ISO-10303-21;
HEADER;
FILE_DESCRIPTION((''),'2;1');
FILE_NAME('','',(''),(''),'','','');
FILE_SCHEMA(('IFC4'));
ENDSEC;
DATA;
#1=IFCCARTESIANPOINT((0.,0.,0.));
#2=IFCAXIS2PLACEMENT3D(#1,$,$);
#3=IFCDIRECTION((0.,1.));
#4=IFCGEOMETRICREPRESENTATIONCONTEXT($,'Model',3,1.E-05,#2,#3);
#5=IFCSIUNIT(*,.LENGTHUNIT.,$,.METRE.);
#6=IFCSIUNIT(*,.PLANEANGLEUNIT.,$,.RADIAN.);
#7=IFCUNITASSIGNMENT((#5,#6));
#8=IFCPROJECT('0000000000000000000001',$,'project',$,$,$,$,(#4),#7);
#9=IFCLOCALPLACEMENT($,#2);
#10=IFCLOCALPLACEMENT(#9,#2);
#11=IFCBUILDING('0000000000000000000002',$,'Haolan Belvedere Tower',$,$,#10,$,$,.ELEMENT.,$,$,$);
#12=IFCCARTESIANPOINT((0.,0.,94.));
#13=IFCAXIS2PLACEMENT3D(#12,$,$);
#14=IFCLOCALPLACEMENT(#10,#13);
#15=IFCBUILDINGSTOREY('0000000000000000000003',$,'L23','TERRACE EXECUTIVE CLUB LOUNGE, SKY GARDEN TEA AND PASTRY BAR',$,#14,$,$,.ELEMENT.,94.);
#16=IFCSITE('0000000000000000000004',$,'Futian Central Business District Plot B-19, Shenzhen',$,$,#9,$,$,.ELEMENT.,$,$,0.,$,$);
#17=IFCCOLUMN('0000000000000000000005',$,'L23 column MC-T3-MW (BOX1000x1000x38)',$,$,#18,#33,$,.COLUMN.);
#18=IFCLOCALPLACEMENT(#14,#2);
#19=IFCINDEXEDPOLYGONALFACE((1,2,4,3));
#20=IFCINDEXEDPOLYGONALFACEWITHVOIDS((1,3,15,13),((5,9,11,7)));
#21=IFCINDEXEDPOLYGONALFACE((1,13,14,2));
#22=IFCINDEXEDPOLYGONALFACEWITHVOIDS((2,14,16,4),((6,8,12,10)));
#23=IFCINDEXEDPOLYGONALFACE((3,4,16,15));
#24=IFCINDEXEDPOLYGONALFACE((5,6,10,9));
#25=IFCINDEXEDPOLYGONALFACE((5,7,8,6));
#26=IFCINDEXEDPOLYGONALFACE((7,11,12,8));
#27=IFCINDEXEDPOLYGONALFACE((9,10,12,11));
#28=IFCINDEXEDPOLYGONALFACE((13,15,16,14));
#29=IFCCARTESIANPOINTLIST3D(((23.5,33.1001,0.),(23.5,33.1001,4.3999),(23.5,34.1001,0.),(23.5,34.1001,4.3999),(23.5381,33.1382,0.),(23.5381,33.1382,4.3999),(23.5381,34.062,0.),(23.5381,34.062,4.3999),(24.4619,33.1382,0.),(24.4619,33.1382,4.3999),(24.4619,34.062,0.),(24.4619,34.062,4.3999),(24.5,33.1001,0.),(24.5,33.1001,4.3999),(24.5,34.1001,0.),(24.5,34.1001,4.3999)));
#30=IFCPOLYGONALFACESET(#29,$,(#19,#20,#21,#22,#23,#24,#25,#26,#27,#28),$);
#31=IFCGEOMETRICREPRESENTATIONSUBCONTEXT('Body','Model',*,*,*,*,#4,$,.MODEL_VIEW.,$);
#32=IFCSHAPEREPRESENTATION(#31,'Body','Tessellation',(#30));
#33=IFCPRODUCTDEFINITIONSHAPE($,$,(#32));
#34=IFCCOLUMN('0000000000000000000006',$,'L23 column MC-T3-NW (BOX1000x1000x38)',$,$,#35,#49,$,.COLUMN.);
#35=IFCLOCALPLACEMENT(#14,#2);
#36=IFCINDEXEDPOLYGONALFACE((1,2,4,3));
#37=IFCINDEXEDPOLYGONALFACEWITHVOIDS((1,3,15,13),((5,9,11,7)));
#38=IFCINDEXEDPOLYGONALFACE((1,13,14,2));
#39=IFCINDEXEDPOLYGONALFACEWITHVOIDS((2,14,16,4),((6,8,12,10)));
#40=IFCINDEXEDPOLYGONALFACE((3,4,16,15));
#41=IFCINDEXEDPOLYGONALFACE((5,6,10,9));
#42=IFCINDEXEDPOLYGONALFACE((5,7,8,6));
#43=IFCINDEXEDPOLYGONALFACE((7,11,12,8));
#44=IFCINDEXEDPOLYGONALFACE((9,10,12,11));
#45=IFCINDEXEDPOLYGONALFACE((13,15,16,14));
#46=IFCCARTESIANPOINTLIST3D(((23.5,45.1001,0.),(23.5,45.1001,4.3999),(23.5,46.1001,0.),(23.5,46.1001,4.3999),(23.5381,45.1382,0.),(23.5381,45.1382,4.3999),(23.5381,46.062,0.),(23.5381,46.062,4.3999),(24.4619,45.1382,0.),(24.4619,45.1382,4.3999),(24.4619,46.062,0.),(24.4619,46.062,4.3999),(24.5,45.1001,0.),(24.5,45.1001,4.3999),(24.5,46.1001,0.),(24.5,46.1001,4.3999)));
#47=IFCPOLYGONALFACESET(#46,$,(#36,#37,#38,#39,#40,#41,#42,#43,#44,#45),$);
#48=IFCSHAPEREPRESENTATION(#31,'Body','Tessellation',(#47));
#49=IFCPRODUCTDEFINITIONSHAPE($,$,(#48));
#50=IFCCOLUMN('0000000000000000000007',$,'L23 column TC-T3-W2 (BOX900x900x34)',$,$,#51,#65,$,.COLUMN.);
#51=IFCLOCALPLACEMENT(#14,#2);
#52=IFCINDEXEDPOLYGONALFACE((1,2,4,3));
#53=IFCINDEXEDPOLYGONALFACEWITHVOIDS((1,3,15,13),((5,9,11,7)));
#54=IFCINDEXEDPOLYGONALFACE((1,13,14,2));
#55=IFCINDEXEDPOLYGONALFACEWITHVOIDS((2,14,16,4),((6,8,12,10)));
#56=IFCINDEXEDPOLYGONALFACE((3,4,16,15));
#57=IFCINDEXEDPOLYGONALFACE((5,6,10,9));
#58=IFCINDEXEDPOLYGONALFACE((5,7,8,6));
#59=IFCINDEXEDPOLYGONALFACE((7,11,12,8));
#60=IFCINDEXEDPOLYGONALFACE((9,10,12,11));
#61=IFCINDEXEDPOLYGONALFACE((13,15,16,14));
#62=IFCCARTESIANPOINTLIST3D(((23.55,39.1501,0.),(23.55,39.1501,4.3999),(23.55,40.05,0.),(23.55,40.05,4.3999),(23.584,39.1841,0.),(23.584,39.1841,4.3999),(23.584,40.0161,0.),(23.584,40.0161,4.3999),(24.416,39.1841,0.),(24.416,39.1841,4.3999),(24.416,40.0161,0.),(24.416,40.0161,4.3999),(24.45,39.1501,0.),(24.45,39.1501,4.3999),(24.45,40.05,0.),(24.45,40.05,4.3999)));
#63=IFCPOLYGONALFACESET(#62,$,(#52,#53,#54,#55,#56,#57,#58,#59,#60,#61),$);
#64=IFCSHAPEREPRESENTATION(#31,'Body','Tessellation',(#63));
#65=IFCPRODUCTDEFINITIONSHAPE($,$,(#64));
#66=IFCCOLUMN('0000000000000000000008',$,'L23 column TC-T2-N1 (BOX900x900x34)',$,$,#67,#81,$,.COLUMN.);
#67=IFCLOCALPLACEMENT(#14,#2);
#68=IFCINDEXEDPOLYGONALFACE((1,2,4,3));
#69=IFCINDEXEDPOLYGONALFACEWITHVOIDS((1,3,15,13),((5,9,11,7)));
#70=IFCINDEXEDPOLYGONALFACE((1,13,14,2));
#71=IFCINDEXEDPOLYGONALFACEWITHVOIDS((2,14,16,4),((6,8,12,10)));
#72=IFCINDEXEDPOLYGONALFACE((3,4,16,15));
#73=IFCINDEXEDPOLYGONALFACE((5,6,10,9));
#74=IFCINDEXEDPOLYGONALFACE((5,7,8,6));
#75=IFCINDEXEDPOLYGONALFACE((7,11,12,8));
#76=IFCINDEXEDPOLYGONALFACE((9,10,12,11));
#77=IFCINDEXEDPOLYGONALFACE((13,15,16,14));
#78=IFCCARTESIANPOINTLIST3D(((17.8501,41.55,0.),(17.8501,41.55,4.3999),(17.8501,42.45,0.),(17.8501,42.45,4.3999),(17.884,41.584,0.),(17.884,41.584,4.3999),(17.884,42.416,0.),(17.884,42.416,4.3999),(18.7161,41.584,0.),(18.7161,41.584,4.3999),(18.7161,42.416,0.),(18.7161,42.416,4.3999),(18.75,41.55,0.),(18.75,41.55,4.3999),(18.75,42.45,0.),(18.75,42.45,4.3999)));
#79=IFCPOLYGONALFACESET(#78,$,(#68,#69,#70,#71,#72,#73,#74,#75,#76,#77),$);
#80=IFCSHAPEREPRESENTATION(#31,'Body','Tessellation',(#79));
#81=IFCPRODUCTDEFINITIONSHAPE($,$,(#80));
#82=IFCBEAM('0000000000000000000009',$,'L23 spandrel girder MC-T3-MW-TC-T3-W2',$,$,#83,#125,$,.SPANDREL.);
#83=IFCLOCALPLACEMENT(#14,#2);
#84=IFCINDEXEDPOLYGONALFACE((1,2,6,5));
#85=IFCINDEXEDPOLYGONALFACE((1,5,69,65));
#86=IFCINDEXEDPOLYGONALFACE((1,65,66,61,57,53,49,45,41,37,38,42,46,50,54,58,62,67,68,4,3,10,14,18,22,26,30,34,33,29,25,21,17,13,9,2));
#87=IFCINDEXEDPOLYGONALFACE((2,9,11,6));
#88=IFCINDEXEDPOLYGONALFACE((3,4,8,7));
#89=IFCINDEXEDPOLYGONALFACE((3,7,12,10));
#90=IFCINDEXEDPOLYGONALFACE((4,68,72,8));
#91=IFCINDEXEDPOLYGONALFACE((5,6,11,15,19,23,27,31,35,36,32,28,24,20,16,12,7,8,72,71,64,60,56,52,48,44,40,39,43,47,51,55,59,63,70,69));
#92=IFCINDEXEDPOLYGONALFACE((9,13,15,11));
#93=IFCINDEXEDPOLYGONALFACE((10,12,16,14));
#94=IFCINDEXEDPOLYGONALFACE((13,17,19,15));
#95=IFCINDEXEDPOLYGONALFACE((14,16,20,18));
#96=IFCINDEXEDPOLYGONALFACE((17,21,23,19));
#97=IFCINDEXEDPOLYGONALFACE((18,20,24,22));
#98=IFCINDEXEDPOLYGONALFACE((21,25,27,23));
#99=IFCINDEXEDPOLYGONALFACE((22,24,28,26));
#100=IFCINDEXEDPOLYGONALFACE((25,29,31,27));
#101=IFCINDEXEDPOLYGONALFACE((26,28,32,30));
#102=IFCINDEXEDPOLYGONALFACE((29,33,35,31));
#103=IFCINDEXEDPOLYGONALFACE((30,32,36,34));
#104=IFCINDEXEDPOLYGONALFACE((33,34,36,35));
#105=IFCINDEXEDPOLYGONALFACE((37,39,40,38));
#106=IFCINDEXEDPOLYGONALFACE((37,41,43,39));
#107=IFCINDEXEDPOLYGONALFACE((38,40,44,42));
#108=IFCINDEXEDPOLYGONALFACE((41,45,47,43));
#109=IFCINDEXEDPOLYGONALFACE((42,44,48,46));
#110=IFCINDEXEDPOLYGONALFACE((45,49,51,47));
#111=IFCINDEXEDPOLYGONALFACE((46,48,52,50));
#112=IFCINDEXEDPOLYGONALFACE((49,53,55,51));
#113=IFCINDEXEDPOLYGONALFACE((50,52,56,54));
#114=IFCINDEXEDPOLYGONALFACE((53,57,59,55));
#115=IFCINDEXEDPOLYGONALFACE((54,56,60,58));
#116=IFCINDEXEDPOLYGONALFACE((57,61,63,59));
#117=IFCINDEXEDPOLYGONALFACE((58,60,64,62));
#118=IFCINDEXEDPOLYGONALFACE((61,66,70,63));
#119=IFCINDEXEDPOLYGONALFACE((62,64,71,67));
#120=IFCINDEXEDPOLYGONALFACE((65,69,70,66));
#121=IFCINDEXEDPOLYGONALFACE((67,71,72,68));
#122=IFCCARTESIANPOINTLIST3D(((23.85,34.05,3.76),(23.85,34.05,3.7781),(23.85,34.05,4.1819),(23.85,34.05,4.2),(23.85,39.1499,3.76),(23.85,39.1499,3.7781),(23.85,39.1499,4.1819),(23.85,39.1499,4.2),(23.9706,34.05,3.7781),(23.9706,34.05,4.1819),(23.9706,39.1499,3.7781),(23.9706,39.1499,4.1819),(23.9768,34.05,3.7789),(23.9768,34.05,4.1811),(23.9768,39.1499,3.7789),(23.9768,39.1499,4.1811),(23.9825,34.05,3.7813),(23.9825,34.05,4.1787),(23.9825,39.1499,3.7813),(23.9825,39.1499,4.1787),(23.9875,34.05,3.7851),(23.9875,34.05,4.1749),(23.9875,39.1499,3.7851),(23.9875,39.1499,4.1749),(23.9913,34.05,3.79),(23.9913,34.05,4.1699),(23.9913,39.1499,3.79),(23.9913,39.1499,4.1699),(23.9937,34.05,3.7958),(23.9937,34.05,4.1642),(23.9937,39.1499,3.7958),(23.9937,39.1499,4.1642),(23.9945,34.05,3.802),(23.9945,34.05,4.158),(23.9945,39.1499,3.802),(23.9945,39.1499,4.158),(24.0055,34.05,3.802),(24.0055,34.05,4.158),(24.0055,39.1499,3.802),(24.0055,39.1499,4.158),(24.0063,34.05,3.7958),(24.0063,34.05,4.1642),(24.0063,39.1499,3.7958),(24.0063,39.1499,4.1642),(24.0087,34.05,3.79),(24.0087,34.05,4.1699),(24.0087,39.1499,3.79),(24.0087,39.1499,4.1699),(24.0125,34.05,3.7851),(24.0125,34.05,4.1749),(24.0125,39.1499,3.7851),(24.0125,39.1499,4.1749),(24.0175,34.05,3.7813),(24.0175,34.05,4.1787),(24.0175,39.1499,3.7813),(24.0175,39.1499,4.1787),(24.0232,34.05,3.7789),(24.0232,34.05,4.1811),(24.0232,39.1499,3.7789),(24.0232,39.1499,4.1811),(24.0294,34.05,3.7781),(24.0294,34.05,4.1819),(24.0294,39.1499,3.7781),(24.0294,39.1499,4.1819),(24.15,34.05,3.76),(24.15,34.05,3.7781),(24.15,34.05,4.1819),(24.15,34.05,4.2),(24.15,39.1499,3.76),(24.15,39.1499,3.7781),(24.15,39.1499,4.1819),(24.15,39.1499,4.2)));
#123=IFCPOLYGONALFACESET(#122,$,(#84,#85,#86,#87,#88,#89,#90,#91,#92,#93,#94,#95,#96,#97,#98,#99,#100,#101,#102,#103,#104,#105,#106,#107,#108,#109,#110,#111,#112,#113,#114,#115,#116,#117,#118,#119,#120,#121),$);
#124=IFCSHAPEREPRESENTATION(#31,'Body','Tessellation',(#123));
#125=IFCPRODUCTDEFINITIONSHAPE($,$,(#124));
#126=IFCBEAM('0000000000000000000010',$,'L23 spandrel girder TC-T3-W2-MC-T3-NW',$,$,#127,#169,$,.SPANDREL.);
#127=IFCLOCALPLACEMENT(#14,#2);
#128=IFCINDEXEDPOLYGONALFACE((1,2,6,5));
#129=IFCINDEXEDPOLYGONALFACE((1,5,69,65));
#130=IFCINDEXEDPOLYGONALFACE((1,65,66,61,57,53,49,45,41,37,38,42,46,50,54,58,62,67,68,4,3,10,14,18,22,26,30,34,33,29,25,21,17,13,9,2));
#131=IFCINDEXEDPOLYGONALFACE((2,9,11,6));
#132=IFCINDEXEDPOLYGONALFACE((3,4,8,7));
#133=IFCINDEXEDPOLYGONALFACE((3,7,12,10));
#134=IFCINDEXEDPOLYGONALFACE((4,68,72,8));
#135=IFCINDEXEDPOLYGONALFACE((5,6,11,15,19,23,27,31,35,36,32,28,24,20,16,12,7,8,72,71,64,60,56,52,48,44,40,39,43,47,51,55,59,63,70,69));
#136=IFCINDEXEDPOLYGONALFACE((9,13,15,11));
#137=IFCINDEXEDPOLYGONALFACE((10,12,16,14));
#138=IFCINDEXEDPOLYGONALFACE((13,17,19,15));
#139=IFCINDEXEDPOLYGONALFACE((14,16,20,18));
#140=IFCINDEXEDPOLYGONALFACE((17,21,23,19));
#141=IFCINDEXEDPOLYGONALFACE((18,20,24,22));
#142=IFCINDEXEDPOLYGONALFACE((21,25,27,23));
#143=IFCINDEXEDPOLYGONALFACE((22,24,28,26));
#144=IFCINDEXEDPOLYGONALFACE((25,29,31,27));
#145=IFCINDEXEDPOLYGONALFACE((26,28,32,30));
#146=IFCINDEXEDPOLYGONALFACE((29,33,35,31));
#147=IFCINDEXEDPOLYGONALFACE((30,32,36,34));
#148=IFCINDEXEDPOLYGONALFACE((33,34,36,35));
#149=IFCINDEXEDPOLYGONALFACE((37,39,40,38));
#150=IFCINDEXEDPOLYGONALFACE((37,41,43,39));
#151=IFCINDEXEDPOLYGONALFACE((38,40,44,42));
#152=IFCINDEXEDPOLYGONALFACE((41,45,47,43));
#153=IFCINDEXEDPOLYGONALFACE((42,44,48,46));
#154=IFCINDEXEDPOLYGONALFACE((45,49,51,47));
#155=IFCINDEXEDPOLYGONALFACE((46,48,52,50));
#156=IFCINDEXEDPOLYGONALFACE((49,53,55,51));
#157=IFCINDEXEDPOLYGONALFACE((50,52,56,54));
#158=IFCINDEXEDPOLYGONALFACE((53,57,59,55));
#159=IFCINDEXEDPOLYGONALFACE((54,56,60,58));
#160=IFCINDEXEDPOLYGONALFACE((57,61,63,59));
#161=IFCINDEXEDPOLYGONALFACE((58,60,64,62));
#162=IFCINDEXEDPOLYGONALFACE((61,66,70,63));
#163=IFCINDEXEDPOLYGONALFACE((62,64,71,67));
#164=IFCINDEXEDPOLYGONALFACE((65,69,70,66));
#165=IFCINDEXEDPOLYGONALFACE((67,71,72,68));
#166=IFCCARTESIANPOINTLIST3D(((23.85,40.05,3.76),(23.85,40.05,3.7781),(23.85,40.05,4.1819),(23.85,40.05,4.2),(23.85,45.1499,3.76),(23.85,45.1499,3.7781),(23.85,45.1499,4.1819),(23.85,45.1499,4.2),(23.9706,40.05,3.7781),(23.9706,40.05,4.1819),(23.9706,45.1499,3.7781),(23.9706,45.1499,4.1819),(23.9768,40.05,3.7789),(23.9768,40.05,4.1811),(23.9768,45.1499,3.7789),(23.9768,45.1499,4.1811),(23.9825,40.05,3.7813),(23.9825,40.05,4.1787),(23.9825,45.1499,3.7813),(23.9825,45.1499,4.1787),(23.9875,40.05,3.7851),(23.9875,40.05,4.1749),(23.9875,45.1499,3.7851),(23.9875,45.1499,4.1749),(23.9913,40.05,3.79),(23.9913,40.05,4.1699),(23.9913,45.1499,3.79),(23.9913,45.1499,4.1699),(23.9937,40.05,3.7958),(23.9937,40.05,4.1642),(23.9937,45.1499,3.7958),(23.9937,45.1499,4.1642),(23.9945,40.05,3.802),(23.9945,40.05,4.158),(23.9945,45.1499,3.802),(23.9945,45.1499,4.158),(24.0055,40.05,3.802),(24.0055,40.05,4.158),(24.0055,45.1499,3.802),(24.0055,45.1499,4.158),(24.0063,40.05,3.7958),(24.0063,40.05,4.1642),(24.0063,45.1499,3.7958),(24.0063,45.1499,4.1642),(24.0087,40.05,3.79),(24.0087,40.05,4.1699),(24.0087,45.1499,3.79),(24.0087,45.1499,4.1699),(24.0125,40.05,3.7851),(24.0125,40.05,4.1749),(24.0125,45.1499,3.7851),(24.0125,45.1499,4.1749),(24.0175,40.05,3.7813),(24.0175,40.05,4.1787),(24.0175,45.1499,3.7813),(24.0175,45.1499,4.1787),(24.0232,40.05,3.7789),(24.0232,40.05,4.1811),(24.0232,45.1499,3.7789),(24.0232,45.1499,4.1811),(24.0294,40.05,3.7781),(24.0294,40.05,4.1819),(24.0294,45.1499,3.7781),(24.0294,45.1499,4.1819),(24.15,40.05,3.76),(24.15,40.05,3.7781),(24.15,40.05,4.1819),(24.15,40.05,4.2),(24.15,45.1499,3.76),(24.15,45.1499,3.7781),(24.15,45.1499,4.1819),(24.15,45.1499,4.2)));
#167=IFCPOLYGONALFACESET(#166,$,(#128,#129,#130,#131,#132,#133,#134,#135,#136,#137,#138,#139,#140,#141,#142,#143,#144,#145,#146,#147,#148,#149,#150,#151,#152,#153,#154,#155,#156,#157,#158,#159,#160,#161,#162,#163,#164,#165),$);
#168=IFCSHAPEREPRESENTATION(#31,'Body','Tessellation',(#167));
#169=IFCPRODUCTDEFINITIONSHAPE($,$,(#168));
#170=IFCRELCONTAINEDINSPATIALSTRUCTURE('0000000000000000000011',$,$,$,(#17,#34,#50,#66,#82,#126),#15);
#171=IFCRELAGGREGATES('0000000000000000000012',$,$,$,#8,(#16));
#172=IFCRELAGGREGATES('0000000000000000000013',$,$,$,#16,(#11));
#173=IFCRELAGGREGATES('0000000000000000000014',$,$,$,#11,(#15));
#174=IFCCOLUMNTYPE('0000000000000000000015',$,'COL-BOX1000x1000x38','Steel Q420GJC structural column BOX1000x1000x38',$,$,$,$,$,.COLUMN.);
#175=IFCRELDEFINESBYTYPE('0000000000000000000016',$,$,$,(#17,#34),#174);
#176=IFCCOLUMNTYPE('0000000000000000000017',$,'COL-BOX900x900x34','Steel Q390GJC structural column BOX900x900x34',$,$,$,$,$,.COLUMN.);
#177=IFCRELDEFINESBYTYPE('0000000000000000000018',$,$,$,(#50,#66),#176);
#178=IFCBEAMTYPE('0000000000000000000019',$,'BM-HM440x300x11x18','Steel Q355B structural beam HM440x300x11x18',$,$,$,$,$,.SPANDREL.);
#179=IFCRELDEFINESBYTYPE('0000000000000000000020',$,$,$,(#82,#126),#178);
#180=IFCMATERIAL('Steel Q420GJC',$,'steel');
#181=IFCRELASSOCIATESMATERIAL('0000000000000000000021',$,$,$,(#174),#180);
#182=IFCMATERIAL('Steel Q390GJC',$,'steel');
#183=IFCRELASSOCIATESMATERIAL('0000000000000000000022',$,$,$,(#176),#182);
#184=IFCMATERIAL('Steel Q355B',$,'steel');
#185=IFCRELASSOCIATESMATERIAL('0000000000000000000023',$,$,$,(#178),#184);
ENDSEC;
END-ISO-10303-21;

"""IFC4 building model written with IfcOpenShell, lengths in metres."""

from ifc_helpers import new_model, si_unit, direction, frame, origin, origin_2d, place, context, subcontext, project, spatial, hollow_rectangle, i_section, extrude, material, material_profile, profile_set, type_object, element, save


model = new_model("IFC4")

# Units and contexts
model_context = context("Model", 3, precision=1e-05, world=origin(), true_north=direction((0.0, 1.0)))
body_context = subcontext(model_context, "Body", "Model", "MODEL_VIEW")
ifc_project = project(units=[si_unit("LENGTHUNIT", "METRE"), si_unit("PLANEANGLEUNIT", "RADIAN")], contexts=[model_context])

# Site, building, storey
site_placement = place(None, origin())
site = spatial("IfcSite", under=ifc_project, at=site_placement, Name="Futian Central Business District Plot B-19, Shenzhen", CompositionType="ELEMENT", RefElevation=0.0)
building_placement = place(site_placement, origin())
building = spatial("IfcBuilding", under=site, at=building_placement, Name="Haolan Belvedere Tower", CompositionType="ELEMENT")
storey_placement = place(building_placement, frame((0.0, 0.0, 94.0)))
storey = spatial("IfcBuildingStorey", under=building, at=storey_placement, Name="L23", Description="TERRACE EXECUTIVE CLUB LOUNGE, SKY GARDEN TEA AND PASTRY BAR", CompositionType="ELEMENT", Elevation=94.0)

# Columns
ifc_material_1 = material(Name="Steel Q420GJC", Category="steel")
ifc_material_profile_1 = material_profile(ifc_material_1, hollow_rectangle(XDim=1.0, YDim=1.0, WallThickness=0.0381, at=origin_2d()), Name="Steel Q420GJC")
ifc_profile_set_1 = profile_set([ifc_material_profile_1], Name="Steel Q420GJC")
column_type_1 = type_object("IfcColumnType", Name="COL-BOX1000x1000x38", Description="Steel Q420GJC structural column BOX1000x1000x38", PredefinedType="COLUMN", material=ifc_profile_set_1)
for number, where, z_axis, x_axis, name in (
    (1, (24.0, 33.6001, 0.0), (0.0, 0.0, 1.0), (1.0, 0.0, 0.0), "L23 column MC-T3-MW (BOX1000x1000x38)"),
    (2, (24.0, 45.6001, 0.0), (0.0, 0.0, 1.0), (1.0, 0.0, 0.0), "L23 column MC-T3-NW (BOX1000x1000x38)"),
):
    element("IfcColumn", number, at=place(storey_placement, frame(where, z_axis=z_axis, x_axis=x_axis)), inside=storey, type_object=column_type_1, Name=name, PredefinedType="COLUMN", context=body_context, shape_type="SweptSolid", body=[
        extrude(hollow_rectangle(XDim=1.0, YDim=1.0, WallThickness=0.0381, at=origin_2d()), origin(), (0.0, 0.0, 1.0), 4.3999),
    ])
ifc_material_2 = material(Name="Steel Q390GJC", Category="steel")
ifc_material_profile_2 = material_profile(ifc_material_2, hollow_rectangle(XDim=0.8999, YDim=0.8999, WallThickness=0.0339, at=origin_2d()), Name="Steel Q390GJC")
ifc_profile_set_2 = profile_set([ifc_material_profile_2], Name="Steel Q390GJC")
column_type_2 = type_object("IfcColumnType", Name="COL-BOX900x900x34", Description="Steel Q390GJC structural column BOX900x900x34", PredefinedType="COLUMN", material=ifc_profile_set_2)
for number, where, z_axis, x_axis, name in (
    (3, (24.0, 39.6001, 0.0), (0.0, 0.0, 1.0), (1.0, 0.0, 0.0), "L23 column TC-T3-W2 (BOX900x900x34)"),
    (4, (18.3, 42.0, 0.0), (0.0, 0.0, 1.0), (1.0, 0.0, 0.0), "L23 column TC-T2-N1 (BOX900x900x34)"),
):
    element("IfcColumn", number, at=place(storey_placement, frame(where, z_axis=z_axis, x_axis=x_axis)), inside=storey, type_object=column_type_2, Name=name, PredefinedType="COLUMN", context=body_context, shape_type="SweptSolid", body=[
        extrude(hollow_rectangle(XDim=0.8999, YDim=0.8999, WallThickness=0.0339, at=origin_2d()), origin(), (0.0, 0.0, 1.0), 4.3999),
    ])

# Beams
ifc_material_3 = material(Name="Steel Q355B", Category="steel")
ifc_material_profile_3 = material_profile(ifc_material_3, i_section(OverallWidth=0.3, OverallDepth=0.4399, WebThickness=0.011, FlangeThickness=0.0181, FilletRadius=0.0239, at=origin_2d()), Name="Steel Q355B")
ifc_profile_set_3 = profile_set([ifc_material_profile_3], Name="Steel Q355B")
beam_type_1 = type_object("IfcBeamType", Name="BM-HM440x300x11x18", Description="Steel Q355B structural beam HM440x300x11x18", PredefinedType="SPANDREL", material=ifc_profile_set_3)
for number, where, z_axis, x_axis, name in (
    (5, (24.0, 34.05, 3.98), (0.0, 1.0, 0.0), (-1.0, 0.0, 0.0), "L23 spandrel girder MC-T3-MW-TC-T3-W2"),
    (6, (24.0, 40.05, 3.98), (0.0, 1.0, 0.0), (-1.0, 0.0, 0.0), "L23 spandrel girder TC-T3-W2-MC-T3-NW"),
):
    element("IfcBeam", number, at=place(storey_placement, frame(where, z_axis=z_axis, x_axis=x_axis)), inside=storey, type_object=beam_type_1, Name=name, PredefinedType="SPANDREL", context=body_context, shape_type="SweptSolid", body=[
        extrude(i_section(OverallWidth=0.3, OverallDepth=0.4399, WebThickness=0.011, FlangeThickness=0.0181, FilletRadius=0.0239, at=origin_2d()), origin(), (0.0, 0.0, 1.0), 5.0999),
    ])

save(model, "model.ifc")
